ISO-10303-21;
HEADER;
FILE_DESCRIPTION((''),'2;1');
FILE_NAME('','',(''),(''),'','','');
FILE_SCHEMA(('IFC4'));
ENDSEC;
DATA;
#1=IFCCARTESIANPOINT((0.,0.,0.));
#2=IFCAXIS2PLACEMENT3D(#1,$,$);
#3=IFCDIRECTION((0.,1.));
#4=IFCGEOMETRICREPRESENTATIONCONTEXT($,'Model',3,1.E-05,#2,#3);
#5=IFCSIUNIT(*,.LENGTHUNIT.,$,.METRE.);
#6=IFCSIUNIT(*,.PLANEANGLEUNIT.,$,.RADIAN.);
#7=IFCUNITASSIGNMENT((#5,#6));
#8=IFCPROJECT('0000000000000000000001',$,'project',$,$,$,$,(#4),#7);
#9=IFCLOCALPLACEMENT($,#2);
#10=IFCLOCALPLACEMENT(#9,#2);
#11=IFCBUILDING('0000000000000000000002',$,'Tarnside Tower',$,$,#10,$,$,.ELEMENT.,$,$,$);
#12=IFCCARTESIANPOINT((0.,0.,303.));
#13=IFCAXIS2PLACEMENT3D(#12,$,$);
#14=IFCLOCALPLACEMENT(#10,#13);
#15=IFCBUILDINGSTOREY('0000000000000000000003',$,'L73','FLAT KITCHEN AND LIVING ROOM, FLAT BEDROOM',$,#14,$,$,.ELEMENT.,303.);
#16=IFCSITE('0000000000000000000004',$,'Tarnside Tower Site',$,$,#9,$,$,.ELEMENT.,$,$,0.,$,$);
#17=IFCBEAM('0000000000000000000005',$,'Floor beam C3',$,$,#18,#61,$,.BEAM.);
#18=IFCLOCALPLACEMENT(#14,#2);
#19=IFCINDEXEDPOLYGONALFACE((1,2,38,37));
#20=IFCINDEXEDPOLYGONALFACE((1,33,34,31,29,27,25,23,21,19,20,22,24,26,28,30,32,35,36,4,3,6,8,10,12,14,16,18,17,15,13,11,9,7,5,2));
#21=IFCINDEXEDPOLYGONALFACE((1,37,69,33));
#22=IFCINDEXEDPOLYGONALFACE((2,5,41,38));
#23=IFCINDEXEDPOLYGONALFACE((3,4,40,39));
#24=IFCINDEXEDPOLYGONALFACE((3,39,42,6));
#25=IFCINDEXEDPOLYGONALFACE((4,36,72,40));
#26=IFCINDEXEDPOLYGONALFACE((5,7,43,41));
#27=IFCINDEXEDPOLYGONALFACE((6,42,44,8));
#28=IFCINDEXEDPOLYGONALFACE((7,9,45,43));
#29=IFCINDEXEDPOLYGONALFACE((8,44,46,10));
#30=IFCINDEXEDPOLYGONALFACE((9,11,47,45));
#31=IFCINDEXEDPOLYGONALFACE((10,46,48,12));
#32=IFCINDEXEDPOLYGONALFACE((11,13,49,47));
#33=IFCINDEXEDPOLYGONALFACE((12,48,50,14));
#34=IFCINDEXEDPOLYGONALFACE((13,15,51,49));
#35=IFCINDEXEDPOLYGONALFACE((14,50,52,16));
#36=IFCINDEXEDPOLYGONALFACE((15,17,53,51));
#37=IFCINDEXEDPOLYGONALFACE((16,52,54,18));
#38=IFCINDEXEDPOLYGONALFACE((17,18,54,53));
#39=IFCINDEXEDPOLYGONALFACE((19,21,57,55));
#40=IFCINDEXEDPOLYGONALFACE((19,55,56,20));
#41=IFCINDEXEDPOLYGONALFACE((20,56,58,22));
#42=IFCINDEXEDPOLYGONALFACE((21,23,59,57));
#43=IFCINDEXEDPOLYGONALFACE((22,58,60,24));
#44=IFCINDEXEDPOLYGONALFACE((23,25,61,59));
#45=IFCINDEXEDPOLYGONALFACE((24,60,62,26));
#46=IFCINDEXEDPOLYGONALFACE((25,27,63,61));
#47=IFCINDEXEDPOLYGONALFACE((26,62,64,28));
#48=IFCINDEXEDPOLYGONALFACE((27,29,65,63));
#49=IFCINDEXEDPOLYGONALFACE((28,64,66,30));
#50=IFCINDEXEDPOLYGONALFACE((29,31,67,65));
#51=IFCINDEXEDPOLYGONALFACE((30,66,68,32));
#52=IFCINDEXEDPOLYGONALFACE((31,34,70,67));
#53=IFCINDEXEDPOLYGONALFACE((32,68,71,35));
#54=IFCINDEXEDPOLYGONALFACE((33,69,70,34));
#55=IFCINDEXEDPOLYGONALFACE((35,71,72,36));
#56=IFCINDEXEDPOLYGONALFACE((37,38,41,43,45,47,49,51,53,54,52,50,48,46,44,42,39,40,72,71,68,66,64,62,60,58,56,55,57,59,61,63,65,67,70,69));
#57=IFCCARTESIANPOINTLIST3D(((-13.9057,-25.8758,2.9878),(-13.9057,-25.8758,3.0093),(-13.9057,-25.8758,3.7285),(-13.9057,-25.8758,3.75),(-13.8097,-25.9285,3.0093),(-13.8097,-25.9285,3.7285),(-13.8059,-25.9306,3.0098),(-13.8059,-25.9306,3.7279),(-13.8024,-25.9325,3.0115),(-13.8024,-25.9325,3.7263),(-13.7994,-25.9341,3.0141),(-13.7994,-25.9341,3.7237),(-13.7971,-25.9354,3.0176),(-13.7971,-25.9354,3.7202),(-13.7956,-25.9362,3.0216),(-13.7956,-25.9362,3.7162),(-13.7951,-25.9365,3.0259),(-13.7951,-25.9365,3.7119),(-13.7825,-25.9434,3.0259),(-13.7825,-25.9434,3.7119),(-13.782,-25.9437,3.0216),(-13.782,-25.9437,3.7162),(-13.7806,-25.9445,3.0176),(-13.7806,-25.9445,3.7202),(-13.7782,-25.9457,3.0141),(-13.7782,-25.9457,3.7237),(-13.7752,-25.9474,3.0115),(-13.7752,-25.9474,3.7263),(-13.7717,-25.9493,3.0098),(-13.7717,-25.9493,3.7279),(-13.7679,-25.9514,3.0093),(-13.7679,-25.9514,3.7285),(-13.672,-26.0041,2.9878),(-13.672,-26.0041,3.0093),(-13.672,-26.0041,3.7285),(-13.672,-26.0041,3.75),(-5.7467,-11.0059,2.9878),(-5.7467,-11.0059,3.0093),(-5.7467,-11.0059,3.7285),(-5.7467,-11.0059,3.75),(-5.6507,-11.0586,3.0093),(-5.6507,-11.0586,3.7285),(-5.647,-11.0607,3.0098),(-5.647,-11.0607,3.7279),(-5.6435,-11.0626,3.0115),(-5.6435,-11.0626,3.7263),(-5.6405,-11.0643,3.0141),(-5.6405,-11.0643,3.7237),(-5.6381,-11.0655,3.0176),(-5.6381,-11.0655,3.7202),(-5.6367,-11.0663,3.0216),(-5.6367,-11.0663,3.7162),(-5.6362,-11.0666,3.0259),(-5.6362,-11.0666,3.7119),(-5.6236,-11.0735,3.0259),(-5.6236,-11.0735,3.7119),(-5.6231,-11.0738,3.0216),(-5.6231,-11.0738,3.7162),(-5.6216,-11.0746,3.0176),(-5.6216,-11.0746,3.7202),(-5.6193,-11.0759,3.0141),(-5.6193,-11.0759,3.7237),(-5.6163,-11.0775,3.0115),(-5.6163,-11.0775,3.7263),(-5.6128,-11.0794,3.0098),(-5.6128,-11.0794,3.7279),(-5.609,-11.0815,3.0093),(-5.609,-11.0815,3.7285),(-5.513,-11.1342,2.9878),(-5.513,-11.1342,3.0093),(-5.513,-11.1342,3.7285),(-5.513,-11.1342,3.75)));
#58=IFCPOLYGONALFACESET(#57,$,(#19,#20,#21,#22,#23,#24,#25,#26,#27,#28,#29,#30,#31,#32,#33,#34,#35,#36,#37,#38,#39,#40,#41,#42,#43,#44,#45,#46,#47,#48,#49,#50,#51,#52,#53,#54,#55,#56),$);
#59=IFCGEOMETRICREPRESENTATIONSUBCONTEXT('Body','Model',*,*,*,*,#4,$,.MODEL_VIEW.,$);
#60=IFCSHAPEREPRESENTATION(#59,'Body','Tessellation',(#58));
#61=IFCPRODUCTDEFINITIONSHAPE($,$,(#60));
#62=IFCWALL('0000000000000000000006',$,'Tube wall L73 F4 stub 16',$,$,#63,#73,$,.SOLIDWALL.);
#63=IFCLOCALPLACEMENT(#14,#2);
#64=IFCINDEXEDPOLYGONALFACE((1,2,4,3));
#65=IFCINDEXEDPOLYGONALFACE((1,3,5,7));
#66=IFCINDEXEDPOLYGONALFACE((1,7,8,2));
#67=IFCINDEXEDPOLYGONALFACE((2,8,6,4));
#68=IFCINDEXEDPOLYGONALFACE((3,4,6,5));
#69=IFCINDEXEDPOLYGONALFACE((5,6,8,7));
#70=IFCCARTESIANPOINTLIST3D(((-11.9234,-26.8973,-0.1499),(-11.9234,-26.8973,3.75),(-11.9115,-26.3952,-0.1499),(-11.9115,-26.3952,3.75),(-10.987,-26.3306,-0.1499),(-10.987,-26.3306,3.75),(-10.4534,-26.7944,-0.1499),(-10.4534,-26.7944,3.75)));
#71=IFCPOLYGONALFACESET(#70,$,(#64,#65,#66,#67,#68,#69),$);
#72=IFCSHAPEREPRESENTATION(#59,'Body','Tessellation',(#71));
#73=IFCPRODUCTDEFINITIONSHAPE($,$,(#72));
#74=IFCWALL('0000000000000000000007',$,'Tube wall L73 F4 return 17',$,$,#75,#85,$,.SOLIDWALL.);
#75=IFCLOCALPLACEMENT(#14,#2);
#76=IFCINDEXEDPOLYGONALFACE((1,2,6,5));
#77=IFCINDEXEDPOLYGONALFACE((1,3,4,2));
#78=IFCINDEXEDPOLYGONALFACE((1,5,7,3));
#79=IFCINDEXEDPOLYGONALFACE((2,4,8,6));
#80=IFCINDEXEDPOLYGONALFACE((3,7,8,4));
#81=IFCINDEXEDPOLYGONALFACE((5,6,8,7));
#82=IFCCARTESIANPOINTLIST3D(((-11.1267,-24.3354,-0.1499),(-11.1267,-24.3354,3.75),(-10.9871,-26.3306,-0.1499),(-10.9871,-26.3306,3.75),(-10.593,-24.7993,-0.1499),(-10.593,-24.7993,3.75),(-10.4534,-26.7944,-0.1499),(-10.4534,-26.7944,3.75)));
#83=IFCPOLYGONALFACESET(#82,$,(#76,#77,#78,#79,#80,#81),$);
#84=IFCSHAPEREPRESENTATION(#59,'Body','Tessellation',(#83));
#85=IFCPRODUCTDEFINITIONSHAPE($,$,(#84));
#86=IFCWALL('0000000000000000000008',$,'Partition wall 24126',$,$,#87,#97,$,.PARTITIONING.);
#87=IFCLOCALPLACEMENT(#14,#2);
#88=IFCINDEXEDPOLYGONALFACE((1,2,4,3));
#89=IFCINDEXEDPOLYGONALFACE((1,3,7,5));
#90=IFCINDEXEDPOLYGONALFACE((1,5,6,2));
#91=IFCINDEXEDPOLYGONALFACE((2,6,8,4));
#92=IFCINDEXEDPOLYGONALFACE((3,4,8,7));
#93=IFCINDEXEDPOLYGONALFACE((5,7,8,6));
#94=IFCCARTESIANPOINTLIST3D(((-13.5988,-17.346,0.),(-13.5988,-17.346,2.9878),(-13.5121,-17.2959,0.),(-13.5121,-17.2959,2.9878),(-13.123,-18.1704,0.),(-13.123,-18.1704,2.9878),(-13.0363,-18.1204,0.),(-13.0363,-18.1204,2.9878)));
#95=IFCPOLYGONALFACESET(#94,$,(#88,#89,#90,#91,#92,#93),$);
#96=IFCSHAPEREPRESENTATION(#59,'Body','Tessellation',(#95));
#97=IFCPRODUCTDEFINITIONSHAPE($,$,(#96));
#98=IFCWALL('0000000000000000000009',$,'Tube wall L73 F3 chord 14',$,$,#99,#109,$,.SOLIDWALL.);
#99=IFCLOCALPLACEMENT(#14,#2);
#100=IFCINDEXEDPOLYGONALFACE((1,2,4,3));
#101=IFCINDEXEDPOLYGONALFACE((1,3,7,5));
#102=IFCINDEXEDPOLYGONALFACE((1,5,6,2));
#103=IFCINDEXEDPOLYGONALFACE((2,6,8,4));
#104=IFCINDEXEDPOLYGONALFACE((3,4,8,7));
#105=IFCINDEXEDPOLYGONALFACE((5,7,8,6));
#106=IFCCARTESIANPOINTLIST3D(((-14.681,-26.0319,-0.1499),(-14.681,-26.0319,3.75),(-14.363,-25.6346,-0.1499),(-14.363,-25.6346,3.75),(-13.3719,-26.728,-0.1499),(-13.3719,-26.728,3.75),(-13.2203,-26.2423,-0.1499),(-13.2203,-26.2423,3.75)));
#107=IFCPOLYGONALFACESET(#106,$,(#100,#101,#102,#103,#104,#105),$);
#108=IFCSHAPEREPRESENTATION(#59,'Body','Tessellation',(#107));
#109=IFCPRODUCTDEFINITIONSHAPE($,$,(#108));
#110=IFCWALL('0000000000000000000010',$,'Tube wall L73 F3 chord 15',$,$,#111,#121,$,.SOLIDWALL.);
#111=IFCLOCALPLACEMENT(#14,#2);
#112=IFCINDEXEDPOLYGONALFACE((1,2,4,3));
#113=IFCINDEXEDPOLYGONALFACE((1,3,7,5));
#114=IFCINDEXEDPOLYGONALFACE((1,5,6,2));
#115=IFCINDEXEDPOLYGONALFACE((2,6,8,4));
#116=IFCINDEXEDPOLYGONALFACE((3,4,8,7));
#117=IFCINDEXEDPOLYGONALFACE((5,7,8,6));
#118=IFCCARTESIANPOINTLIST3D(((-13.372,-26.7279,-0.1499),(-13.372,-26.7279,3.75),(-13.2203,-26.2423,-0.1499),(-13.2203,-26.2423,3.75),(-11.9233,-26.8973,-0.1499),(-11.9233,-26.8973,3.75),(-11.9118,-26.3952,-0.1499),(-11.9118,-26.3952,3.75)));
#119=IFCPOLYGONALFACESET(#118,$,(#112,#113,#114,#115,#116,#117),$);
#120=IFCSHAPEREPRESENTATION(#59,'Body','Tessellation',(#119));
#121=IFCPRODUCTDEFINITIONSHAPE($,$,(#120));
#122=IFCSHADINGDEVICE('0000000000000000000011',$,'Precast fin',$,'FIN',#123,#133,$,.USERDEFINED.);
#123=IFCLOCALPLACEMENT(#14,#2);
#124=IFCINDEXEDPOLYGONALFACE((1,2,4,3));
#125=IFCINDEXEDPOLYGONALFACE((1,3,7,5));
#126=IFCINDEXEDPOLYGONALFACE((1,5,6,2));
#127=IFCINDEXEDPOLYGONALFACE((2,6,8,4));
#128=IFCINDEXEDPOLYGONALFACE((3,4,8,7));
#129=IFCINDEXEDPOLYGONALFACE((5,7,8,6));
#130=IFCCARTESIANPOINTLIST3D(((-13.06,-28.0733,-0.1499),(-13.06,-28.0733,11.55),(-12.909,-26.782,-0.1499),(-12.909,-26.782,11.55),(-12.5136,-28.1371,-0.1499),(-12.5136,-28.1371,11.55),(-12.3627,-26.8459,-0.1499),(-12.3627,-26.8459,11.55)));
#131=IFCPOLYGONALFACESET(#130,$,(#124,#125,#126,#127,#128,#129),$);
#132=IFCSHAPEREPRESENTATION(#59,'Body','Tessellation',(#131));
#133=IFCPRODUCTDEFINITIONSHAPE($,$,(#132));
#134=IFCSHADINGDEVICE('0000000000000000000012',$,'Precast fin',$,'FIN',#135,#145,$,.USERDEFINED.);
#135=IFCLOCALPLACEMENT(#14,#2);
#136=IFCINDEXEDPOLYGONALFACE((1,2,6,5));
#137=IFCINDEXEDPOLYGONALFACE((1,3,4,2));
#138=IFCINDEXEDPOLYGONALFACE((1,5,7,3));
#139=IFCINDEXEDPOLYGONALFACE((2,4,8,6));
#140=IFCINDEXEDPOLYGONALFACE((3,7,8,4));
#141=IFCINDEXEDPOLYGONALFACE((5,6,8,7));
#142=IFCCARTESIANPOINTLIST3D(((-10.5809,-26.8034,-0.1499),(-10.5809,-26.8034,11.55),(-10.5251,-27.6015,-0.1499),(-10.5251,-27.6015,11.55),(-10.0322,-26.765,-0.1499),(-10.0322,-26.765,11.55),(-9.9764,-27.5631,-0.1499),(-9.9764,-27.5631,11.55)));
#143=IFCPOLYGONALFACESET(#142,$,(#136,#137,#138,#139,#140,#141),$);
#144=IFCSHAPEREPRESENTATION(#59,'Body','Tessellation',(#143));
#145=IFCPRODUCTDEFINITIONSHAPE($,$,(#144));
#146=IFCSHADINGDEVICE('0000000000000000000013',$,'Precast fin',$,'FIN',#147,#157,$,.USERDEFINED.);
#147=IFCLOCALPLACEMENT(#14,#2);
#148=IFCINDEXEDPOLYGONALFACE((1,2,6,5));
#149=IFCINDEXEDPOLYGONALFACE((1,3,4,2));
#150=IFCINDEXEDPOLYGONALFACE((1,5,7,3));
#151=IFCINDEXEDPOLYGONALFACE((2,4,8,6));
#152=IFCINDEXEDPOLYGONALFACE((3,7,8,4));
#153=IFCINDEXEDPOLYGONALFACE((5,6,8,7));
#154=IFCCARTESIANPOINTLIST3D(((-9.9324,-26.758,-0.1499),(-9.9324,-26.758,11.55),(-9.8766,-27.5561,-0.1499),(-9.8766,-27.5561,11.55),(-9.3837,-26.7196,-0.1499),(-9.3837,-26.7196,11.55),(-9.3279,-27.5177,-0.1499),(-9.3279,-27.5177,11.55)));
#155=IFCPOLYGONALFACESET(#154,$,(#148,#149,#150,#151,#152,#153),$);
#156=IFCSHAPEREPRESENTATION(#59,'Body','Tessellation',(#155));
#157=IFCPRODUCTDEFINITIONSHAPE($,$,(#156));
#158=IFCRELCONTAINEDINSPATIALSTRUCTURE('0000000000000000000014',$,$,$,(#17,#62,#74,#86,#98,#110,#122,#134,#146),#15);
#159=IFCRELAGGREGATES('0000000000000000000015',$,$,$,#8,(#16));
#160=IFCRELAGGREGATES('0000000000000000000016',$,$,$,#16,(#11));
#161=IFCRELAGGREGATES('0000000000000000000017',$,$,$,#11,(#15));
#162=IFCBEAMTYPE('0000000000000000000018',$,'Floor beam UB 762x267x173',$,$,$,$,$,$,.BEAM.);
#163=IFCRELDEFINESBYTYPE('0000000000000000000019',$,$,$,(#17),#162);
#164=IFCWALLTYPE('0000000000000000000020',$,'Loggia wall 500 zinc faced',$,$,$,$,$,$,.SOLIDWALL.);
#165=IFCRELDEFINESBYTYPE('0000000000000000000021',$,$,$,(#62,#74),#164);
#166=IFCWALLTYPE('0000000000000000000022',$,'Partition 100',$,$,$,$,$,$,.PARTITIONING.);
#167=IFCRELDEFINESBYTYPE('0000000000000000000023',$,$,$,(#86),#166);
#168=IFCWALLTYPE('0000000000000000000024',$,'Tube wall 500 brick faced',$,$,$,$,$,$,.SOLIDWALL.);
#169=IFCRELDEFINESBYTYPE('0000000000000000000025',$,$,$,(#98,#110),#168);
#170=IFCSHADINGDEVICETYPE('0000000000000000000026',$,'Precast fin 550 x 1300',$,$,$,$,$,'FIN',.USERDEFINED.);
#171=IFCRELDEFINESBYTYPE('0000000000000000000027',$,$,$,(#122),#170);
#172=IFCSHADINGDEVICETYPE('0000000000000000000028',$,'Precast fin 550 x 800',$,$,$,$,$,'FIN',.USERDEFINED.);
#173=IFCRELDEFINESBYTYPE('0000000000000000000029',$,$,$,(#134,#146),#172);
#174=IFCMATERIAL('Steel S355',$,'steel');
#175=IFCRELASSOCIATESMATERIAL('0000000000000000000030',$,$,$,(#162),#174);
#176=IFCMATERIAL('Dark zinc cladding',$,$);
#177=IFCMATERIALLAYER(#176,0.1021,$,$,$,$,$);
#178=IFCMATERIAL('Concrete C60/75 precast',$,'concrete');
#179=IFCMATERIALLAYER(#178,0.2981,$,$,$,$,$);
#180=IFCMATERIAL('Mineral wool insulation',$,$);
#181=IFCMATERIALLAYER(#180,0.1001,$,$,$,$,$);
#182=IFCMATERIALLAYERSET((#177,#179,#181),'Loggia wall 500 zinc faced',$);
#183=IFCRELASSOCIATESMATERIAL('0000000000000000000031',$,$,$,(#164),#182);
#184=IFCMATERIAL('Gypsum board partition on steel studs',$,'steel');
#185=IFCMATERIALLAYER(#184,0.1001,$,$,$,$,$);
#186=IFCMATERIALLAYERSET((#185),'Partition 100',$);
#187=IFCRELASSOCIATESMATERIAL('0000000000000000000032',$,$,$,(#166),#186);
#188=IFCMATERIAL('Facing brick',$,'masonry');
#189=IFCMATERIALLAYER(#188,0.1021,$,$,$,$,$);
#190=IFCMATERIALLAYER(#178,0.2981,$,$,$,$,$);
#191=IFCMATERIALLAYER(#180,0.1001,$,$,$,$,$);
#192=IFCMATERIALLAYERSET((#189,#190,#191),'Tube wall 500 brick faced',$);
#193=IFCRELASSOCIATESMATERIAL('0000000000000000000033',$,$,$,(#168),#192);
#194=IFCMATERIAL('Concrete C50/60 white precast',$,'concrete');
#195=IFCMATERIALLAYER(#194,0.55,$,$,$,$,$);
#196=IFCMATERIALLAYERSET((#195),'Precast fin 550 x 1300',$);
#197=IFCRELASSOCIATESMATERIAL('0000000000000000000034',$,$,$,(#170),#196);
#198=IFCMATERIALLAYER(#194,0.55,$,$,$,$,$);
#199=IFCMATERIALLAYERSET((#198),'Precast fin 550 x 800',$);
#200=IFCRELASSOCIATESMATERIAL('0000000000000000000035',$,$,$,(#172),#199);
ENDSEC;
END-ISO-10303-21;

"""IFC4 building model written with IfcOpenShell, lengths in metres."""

from ifc_helpers import new_model, si_unit, direction, frame, frame_2d, origin, origin_2d, place, context, subcontext, project, spatial, polyline, rectangle, i_section, outline, extrude, material, layer, layer_set, material_profile, profile_set, type_object, element, save


model = new_model("IFC4")

# Units and contexts
model_context = context("Model", 3, precision=1e-05, world=origin(), true_north=direction((0.0, 1.0)))
body_context = subcontext(model_context, "Body", "Model", "MODEL_VIEW")
ifc_project = project(units=[si_unit("LENGTHUNIT", "METRE"), si_unit("PLANEANGLEUNIT", "RADIAN")], contexts=[model_context])

# Site, building, storey
site_placement = place(None, origin())
site = spatial("IfcSite", under=ifc_project, at=site_placement, Name="Tarnside Tower Site", CompositionType="ELEMENT", RefElevation=0.0)
building_placement = place(site_placement, origin())
building = spatial("IfcBuilding", under=site, at=building_placement, Name="Tarnside Tower", CompositionType="ELEMENT")
storey_placement = place(building_placement, frame((0.0, 0.0, 303.0)))
storey = spatial("IfcBuildingStorey", under=building, at=storey_placement, Name="L73", Description="FLAT KITCHEN AND LIVING ROOM, FLAT BEDROOM", CompositionType="ELEMENT", Elevation=303.0)

# Beam
ifc_material_1 = material(Name="Steel S355", Category="steel")
ifc_material_profile = material_profile(ifc_material_1, i_section(OverallWidth=0.2666, OverallDepth=0.7622, WebThickness=0.0144, FlangeThickness=0.0215, FilletRadius=0.0166, at=origin_2d()), Name="UB 762x267x173")
ifc_profile_set = profile_set([ifc_material_profile], Name="Steel S355")
beam_type = type_object("IfcBeamType", Name="Floor beam UB 762x267x173", PredefinedType="BEAM", material=ifc_profile_set)
beam_placement = place(storey_placement, frame((-13.7888, -25.9399, 3.3689), z_axis=(0.481036, 0.876701, 0.0), x_axis=(-0.876701, 0.481036, 0.0)))
element("IfcBeam", 1, at=beam_placement, inside=storey, type_object=beam_type, Name="Floor beam C3", PredefinedType="BEAM", context=body_context, shape_type="SweptSolid", body=[
    extrude(i_section(OverallWidth=0.2666, OverallDepth=0.7622, WebThickness=0.0144, FlangeThickness=0.0215, FilletRadius=0.0166, at=origin_2d()), origin(), (0.0, 0.0, 1.0), 16.9612),
])

# Walls
ifc_material_2 = material(Name="Dark zinc cladding")
ifc_layer_1 = layer(ifc_material_2, 0.1021)
ifc_material_3 = material(Name="Concrete C60/75 precast", Category="concrete")
ifc_layer_2 = layer(ifc_material_3, 0.2981)
ifc_material_4 = material(Name="Mineral wool insulation")
ifc_layer_3 = layer(ifc_material_4, 0.1001)
ifc_layer_set_1 = layer_set([ifc_layer_1, ifc_layer_2, ifc_layer_3], Name="Loggia wall 500 zinc faced")
wall_type_1 = type_object("IfcWallType", Name="Loggia wall 500 zinc faced", PredefinedType="SOLIDWALL", material=ifc_layer_set_1)
wall_1_placement = place(storey_placement, frame((-11.9175, -26.6462, -0.1499), z_axis=(0.0, 0.0, 1.0), x_axis=(0.997563, 0.069772, 0.0)))
element("IfcWall", 2, at=wall_1_placement, inside=storey, type_object=wall_type_1, Name="Tube wall L73 F4 stub 16", PredefinedType="SOLIDWALL", context=body_context, shape_type="SweptSolid", body=[
    extrude(outline(polyline([(-0.0234, -0.25), (1.4502, -0.25), (0.9502, 0.25), (0.0234, 0.25), (-0.0234, -0.25)])), origin(), (0.0, 0.0, 1.0), 3.8999),
])
wall_2_placement = place(storey_placement, frame((-10.7202, -26.5625, -0.1499), z_axis=(0.0, 0.0, 1.0), x_axis=(-0.069824, 0.997559, 0.0)))
element("IfcWall", 3, at=wall_2_placement, inside=storey, type_object=wall_type_1, Name="Tube wall L73 F4 return 17", PredefinedType="SOLIDWALL", context=body_context, shape_type="SweptSolid", body=[
    extrude(outline(polyline([(-0.25, -0.25), (1.75, -0.25), (2.25, 0.25), (0.25, 0.25), (-0.25, -0.25)])), origin(), (0.0, 0.0, 1.0), 3.8999),
])

# Walls
ifc_material_5 = material(Name="Gypsum board partition on steel studs", Category="steel")
ifc_layer_4 = layer(ifc_material_5, 0.1001)
ifc_layer_set_2 = layer_set([ifc_layer_4], Name="Partition 100")
wall_type_2 = type_object("IfcWallType", Name="Partition 100", PredefinedType="PARTITIONING", material=ifc_layer_set_2)
wall_3_placement = place(storey_placement, frame((-13.0796, -18.1455, 0.0), z_axis=(0.0, 0.0, 1.0), x_axis=(-0.499863, 0.866104, 0.0)))
element("IfcWall", 4, at=wall_3_placement, inside=storey, type_object=wall_type_2, Name="Partition wall 24126", PredefinedType="PARTITIONING", context=body_context, shape_type="SweptSolid", body=[
    extrude(rectangle(XDim=0.9519, YDim=0.1001, at=frame_2d((0.4761, 0.0))), origin(), (0.0, 0.0, 1.0), 2.9878),
])
ifc_material_6 = material(Name="Facing brick", Category="masonry")
ifc_layer_5 = layer(ifc_material_6, 0.1021)
ifc_layer_6 = layer(ifc_material_3, 0.2981)
ifc_layer_7 = layer(ifc_material_4, 0.1001)
ifc_layer_set_3 = layer_set([ifc_layer_5, ifc_layer_6, ifc_layer_7], Name="Tube wall 500 brick faced")
wall_type_3 = type_object("IfcWallType", Name="Tube wall 500 brick faced", PredefinedType="SOLIDWALL", material=ifc_layer_set_3)
wall_4_placement = place(storey_placement, frame((-14.522, -25.8333, -0.1499), z_axis=(0.0, 0.0, 1.0), x_axis=(0.882927, -0.469511, 0.0)))
element("IfcWall", 5, at=wall_4_placement, inside=storey, type_object=wall_type_3, Name="Tube wall L73 F3 chord 14", PredefinedType="SOLIDWALL", context=body_context, shape_type="SweptSolid", body=[
    extrude(outline(polyline([(-0.0471, -0.25), (1.4355, -0.25), (1.3413, 0.25), (0.0471, 0.25), (-0.0471, -0.25)])), origin(), (0.0, 0.0, 1.0), 3.8999),
])
wall_5_placement = place(storey_placement, frame((-13.2961, -26.4851, -0.1499), z_axis=(0.0, 0.0, 1.0), x_axis=(0.993239, -0.116086, 0.0)))
element("IfcWall", 6, at=wall_5_placement, inside=storey, type_object=wall_type_3, Name="Tube wall L73 F3 chord 15", PredefinedType="SOLIDWALL", context=body_context, shape_type="SweptSolid", body=[
    extrude(outline(polyline([(-0.0471, -0.25), (1.4114, -0.25), (1.3645, 0.25), (0.0471, 0.25), (-0.0471, -0.25)])), origin(), (0.0, 0.0, 1.0), 3.8999),
])

# Shading devices
ifc_material_7 = material(Name="Concrete C50/60 white precast", Category="concrete")
ifc_layer_8 = layer(ifc_material_7, 0.55)
ifc_layer_set_4 = layer_set([ifc_layer_8], Name="Precast fin 550 x 1300")
shading_device_type_1 = type_object("IfcShadingDeviceType", Name="Precast fin 550 x 1300", ElementType="FIN", PredefinedType="USERDEFINED", material=ifc_layer_set_4)
shading_device_placement = place(storey_placement, frame((-12.6357, -26.814, -0.1499), z_axis=(-0.993238, 0.116093, 0.0), x_axis=(-0.116093, -0.993238, 0.0)))
element("IfcShadingDevice", 7, at=shading_device_placement, inside=storey, type_object=shading_device_type_1, Name="Precast fin", ObjectType="FIN", PredefinedType="USERDEFINED", context=body_context, shape_type="SweptSolid", body=[
    extrude(outline(polyline([(0.0, 0.0), (1.3, 0.0), (1.3, 11.7), (0.0, 11.7), (0.0, 0.0)])), frame((0.0, 0.0, -0.2749)), (0.0, 0.0, 1.0), 0.55),
])
ifc_layer_9 = layer(ifc_material_7, 0.55)
ifc_layer_set_5 = layer_set([ifc_layer_9], Name="Precast fin 550 x 800")
shading_device_type_2 = type_object("IfcShadingDeviceType", Name="Precast fin 550 x 800", ElementType="FIN", PredefinedType="USERDEFINED", material=ifc_layer_set_5)
for number, where, z_axis, x_axis, name in (
    (8, (-10.3064, -26.7842, -0.1499), (-0.997564, -0.069756, 0.0), (0.069756, -0.997564, 0.0), "Precast fin"),
    (9, (-9.658, -26.7388, -0.1499), (-0.997564, -0.069756, 0.0), (0.069756, -0.997564, 0.0), "Precast fin"),
):
    element("IfcShadingDevice", number, at=place(storey_placement, frame(where, z_axis=z_axis, x_axis=x_axis)), inside=storey, type_object=shading_device_type_2, Name=name, ObjectType="FIN", PredefinedType="USERDEFINED", context=body_context, shape_type="SweptSolid", body=[
        extrude(outline(polyline([(0.0, 0.0), (0.8, 0.0), (0.8, 11.7), (0.0, 11.7), (0.0, 0.0)])), frame((0.0, 0.0, -0.2749)), (0.0, 0.0, 1.0), 0.55),
    ])

save(model, "model.ifc")
